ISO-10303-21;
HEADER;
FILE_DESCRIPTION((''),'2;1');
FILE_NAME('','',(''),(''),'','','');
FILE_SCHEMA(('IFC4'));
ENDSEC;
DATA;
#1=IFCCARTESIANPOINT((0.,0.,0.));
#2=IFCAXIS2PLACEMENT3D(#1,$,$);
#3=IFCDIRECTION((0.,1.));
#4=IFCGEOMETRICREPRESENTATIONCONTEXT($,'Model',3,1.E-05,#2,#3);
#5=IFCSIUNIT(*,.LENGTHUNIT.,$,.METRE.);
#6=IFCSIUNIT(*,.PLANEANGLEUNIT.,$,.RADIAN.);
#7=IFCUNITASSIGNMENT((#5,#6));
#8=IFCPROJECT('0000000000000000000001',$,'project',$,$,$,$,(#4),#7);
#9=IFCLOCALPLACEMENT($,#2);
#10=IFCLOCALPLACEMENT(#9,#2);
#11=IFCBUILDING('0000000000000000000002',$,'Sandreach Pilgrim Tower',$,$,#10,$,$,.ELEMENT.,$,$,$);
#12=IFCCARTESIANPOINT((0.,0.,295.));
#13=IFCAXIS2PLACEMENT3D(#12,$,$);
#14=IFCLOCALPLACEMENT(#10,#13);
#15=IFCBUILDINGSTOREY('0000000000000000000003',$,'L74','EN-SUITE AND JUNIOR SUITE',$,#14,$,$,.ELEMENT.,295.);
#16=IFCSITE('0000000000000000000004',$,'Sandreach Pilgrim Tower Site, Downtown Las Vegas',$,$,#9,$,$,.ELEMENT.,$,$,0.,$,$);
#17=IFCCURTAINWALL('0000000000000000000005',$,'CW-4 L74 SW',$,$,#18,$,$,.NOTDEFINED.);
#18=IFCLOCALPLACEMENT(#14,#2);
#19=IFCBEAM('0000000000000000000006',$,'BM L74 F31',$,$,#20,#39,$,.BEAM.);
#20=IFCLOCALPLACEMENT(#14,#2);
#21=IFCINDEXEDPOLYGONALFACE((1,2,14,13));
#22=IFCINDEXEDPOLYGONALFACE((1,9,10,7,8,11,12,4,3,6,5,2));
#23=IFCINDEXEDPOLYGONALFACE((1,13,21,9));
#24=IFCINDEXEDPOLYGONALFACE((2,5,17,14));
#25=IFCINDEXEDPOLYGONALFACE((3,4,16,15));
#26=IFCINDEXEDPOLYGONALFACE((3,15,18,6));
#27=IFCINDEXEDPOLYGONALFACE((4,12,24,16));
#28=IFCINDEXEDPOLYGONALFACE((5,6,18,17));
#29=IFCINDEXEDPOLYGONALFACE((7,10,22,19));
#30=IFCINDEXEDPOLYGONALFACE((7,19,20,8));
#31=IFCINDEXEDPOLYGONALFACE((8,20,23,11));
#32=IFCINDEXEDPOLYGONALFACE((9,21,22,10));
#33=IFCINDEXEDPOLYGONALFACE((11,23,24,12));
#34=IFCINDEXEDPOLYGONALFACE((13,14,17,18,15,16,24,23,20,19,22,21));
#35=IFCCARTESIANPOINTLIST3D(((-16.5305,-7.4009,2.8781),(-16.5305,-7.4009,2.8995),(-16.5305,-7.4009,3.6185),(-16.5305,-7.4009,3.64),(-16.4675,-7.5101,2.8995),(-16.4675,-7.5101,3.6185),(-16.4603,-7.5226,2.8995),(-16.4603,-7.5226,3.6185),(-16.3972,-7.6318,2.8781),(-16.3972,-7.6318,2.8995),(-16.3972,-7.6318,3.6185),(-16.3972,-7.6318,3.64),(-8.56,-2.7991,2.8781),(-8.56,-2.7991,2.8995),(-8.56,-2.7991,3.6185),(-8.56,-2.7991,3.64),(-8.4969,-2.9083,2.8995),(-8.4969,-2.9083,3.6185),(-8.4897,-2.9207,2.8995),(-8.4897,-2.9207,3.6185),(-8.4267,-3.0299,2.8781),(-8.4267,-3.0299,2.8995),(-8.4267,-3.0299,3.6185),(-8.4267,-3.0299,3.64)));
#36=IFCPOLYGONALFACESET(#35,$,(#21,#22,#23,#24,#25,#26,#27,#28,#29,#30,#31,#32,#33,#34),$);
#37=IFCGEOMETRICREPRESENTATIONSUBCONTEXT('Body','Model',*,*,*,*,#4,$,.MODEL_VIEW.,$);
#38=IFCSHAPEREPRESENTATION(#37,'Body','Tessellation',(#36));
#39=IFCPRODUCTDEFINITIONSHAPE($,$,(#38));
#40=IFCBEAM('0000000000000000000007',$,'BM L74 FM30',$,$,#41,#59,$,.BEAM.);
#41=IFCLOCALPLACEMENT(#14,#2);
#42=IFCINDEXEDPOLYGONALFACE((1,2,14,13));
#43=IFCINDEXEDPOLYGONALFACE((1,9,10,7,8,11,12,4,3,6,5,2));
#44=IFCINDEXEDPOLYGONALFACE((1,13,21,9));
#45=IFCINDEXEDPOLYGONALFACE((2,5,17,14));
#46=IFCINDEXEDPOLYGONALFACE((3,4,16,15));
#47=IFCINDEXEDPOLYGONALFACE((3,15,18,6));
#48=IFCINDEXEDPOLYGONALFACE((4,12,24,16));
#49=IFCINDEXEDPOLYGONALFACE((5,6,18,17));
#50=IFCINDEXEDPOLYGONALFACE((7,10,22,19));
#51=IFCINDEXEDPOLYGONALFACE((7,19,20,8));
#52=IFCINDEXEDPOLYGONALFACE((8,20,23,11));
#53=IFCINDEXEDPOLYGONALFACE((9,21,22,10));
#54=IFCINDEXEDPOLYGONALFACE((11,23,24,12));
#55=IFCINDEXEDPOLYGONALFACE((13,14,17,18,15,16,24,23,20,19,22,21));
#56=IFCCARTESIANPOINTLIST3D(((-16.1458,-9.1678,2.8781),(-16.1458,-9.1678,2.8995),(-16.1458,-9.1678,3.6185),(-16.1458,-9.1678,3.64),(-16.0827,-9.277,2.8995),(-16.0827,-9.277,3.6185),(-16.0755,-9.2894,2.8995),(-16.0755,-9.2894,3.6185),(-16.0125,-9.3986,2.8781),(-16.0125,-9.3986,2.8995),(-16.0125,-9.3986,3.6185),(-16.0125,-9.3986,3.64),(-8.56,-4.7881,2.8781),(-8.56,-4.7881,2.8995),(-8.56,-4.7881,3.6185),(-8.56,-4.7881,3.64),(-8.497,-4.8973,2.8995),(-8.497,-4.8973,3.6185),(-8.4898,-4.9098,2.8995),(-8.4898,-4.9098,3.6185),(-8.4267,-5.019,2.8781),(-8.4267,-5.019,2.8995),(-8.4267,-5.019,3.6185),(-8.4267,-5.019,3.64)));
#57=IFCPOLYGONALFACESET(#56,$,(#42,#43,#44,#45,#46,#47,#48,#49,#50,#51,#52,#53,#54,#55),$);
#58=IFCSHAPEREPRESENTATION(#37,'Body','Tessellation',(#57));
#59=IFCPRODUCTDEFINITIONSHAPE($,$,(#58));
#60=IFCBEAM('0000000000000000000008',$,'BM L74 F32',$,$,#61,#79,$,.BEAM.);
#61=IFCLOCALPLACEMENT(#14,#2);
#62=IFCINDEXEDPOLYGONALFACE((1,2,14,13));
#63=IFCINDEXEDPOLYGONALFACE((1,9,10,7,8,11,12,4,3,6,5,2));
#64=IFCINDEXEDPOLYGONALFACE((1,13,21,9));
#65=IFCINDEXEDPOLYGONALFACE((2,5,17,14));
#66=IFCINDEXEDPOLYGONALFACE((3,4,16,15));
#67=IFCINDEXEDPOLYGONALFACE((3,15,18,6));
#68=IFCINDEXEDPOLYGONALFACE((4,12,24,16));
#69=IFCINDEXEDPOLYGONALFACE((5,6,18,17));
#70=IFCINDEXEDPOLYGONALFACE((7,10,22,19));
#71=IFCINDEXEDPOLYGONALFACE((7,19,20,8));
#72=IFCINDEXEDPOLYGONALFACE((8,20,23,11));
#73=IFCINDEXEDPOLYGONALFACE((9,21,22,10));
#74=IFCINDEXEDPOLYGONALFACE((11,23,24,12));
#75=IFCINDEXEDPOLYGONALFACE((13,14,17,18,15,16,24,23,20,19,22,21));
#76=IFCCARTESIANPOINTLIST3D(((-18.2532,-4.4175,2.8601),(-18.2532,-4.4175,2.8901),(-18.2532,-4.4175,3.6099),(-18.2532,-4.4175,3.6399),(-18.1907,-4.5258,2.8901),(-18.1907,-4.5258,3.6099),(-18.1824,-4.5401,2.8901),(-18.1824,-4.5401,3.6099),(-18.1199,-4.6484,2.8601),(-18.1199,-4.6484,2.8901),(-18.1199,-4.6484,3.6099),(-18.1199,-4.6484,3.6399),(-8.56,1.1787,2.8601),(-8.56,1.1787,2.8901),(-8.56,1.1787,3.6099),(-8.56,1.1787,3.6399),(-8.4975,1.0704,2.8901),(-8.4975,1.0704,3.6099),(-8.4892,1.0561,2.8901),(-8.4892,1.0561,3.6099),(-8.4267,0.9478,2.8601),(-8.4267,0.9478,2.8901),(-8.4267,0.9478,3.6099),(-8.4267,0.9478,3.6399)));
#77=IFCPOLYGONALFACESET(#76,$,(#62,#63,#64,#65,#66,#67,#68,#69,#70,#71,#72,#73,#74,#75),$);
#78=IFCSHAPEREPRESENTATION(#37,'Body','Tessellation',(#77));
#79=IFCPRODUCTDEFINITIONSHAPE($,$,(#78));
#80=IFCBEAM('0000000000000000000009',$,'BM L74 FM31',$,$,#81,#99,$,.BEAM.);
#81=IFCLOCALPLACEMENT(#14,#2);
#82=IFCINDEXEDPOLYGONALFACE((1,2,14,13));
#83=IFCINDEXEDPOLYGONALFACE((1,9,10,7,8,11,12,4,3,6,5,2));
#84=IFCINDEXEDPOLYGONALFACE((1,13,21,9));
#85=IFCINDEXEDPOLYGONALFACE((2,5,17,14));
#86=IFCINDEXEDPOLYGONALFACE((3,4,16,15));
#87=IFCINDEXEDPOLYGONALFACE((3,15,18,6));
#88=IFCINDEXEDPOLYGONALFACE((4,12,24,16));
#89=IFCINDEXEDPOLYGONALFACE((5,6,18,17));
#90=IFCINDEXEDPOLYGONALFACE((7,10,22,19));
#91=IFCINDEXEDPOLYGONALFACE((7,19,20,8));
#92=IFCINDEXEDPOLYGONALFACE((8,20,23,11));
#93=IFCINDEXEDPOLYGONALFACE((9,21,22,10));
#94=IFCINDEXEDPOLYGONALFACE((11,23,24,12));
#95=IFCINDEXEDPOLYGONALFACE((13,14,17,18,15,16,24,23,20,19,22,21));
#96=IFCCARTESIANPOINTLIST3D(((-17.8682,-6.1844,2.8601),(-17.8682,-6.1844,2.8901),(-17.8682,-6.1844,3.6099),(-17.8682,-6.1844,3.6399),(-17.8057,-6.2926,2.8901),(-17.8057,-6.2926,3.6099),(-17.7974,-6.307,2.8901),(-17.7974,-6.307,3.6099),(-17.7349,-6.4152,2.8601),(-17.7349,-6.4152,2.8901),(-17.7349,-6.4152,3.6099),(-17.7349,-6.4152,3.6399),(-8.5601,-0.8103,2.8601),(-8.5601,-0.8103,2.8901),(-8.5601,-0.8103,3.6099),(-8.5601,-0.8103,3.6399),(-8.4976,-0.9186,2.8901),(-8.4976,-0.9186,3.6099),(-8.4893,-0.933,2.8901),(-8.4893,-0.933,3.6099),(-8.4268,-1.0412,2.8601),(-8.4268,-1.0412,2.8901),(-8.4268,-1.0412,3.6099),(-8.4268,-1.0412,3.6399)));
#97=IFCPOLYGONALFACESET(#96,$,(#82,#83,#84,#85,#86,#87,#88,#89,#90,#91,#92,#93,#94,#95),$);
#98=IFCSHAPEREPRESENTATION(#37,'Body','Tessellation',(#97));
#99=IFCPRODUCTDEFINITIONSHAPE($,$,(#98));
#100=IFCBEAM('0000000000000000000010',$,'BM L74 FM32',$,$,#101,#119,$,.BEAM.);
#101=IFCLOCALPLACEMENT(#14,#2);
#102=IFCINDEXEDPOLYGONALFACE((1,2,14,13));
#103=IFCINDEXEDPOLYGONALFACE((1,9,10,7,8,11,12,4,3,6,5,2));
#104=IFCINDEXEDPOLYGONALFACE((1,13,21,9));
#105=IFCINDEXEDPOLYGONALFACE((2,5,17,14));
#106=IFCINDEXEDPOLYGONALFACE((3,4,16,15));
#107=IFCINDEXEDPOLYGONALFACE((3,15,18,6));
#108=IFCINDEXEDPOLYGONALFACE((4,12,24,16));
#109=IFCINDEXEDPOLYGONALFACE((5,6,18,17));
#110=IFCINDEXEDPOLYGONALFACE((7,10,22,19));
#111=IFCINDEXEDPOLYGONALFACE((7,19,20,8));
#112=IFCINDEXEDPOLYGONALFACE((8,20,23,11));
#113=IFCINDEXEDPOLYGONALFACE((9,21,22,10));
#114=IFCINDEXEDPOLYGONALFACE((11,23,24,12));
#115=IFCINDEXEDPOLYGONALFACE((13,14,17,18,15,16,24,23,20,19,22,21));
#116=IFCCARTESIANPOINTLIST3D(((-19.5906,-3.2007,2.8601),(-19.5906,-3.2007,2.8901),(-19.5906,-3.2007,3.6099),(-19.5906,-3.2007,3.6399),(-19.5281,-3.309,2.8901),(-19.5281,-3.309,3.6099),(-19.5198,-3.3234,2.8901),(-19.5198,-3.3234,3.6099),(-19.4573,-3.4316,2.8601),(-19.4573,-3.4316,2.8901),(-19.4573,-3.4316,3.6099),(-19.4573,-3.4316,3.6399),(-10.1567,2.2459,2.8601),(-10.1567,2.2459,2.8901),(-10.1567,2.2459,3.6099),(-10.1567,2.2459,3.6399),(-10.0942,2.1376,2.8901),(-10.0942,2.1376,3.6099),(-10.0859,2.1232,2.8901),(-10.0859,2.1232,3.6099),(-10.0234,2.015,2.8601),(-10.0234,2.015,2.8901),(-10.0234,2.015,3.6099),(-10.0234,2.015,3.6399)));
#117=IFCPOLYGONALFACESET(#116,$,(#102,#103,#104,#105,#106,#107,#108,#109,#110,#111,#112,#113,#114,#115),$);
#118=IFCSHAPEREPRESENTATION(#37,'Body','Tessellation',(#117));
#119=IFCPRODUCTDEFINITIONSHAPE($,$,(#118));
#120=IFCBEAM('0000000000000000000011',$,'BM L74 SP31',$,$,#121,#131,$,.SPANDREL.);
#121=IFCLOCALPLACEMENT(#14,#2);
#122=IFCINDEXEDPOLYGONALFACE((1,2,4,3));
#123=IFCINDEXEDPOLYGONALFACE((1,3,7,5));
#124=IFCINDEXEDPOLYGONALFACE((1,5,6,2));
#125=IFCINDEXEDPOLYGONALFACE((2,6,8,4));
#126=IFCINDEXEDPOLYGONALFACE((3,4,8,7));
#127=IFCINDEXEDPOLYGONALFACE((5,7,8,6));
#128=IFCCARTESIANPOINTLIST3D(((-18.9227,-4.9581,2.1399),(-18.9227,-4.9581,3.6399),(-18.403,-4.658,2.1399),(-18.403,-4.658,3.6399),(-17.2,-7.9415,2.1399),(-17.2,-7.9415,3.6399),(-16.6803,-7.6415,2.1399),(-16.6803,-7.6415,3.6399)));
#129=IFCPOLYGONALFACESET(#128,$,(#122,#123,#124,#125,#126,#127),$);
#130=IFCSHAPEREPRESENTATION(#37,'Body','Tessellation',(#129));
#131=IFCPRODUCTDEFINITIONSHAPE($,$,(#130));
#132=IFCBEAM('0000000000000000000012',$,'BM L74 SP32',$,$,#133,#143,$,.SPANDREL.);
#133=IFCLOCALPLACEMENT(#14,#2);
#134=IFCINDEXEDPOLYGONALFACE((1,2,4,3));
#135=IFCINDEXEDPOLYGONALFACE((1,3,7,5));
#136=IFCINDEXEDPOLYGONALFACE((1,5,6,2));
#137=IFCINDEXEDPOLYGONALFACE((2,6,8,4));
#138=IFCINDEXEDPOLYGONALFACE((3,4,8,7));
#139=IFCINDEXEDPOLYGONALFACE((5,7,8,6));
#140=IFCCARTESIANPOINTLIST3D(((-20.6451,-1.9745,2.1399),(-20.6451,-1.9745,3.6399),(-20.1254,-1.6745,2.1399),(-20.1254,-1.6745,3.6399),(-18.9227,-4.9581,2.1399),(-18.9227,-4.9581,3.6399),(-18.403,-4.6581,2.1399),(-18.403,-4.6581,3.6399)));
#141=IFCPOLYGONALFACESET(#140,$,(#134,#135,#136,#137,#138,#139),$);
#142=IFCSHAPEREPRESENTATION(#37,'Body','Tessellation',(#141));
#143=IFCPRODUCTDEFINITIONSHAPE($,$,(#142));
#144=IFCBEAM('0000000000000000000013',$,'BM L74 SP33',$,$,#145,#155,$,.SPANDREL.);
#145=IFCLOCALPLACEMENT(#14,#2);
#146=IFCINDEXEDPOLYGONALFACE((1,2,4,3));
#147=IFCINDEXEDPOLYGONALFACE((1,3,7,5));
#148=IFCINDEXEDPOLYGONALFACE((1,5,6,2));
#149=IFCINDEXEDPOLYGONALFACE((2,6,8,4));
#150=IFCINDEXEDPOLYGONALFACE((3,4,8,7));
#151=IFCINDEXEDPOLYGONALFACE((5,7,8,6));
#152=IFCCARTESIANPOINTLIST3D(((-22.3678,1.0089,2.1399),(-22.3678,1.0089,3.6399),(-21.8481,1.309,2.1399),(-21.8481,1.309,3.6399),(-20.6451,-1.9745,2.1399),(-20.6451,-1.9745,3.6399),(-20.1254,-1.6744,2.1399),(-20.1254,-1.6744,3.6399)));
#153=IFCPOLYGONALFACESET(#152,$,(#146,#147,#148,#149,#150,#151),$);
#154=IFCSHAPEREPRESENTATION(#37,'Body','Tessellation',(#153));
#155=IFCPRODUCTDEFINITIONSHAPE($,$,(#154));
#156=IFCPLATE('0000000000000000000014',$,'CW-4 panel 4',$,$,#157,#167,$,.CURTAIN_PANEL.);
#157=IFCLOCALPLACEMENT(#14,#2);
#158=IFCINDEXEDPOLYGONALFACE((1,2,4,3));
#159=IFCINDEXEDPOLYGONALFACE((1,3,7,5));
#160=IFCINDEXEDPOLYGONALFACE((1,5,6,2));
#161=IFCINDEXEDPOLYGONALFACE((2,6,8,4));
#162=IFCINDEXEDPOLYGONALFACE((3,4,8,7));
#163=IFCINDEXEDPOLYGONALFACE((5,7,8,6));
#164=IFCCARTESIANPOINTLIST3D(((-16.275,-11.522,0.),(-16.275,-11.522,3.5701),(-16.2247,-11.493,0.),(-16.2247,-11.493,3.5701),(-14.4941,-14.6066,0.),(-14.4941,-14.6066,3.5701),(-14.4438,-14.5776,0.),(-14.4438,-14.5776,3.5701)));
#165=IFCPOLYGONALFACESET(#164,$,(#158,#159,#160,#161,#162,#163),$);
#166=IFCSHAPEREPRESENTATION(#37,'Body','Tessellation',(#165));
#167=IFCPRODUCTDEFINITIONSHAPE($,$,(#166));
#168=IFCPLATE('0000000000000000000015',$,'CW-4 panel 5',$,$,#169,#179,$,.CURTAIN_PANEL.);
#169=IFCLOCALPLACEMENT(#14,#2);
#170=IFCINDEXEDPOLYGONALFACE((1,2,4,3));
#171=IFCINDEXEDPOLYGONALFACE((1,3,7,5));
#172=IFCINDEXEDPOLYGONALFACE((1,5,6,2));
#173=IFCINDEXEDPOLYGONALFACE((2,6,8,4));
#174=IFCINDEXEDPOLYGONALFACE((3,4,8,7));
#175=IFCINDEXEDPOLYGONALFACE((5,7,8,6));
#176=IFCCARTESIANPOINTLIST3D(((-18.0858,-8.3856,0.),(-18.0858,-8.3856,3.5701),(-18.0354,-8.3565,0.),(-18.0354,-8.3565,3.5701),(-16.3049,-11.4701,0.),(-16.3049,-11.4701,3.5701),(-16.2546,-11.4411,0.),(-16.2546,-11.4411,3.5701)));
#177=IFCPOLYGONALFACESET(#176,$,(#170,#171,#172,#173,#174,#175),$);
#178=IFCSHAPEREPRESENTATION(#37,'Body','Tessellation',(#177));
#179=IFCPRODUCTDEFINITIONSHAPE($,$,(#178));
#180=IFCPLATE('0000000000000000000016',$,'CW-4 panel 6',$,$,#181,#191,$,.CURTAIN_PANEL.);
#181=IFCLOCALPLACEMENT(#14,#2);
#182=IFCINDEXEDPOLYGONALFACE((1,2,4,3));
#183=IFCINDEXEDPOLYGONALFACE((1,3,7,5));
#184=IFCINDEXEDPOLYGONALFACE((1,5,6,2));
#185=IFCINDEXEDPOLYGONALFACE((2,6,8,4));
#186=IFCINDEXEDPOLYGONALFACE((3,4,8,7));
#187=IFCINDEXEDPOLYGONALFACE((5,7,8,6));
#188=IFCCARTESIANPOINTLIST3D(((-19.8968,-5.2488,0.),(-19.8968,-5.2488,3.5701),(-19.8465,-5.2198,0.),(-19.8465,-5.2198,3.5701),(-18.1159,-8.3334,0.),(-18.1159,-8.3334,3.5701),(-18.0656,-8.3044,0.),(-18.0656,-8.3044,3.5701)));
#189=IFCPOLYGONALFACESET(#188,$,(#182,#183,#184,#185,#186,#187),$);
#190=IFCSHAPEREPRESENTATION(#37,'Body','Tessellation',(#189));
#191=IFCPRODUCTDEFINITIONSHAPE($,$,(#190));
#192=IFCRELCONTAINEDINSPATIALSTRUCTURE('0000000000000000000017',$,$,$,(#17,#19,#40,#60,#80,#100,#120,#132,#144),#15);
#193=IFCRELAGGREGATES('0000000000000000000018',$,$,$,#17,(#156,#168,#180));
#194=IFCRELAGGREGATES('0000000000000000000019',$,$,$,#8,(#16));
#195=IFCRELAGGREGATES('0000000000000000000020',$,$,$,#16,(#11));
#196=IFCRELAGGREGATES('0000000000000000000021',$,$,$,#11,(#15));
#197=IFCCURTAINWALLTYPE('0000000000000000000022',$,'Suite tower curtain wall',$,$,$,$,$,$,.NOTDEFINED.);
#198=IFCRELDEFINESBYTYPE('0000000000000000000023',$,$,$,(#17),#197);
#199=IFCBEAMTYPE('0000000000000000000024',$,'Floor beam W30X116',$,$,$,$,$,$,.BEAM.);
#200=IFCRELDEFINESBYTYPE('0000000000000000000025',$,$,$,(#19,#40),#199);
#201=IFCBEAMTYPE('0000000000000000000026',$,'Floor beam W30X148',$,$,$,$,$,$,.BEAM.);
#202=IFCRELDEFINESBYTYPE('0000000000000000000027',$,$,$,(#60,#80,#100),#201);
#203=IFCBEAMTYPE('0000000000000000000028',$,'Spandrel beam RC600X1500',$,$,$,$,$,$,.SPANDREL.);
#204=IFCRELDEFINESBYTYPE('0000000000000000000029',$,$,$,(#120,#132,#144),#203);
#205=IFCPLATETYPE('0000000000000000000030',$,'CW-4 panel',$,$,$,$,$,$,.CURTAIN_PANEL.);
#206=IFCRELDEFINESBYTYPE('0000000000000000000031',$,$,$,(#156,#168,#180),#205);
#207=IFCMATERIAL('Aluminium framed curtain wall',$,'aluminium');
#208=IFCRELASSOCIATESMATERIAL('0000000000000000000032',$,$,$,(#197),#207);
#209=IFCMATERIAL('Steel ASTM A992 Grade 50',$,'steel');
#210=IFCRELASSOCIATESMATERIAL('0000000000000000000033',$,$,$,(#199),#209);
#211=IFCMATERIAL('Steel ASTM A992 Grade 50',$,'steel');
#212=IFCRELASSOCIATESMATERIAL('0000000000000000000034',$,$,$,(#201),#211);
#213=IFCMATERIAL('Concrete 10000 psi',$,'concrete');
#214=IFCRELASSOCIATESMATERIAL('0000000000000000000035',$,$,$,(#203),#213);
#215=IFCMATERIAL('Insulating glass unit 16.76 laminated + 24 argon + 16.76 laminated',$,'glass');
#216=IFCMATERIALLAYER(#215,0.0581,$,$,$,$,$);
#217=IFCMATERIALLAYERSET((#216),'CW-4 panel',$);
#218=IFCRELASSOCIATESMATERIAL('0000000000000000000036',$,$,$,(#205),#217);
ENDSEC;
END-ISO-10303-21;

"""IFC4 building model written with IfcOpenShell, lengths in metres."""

from ifc_helpers import new_model, si_unit, direction, frame, origin, origin_2d, place, context, subcontext, project, spatial, rectangle, i_section, extrude, material, layer, layer_set, material_profile, profile_set, type_object, element, aggregate, save


model = new_model("IFC4")

# Units and contexts
model_context = context("Model", 3, precision=1e-05, world=origin(), true_north=direction((0.0, 1.0)))
body_context = subcontext(model_context, "Body", "Model", "MODEL_VIEW")
ifc_project = project(units=[si_unit("LENGTHUNIT", "METRE"), si_unit("PLANEANGLEUNIT", "RADIAN")], contexts=[model_context])

# Site, building, storey
site_placement = place(None, origin())
site = spatial("IfcSite", under=ifc_project, at=site_placement, Name="Sandreach Pilgrim Tower Site, Downtown Las Vegas", CompositionType="ELEMENT", RefElevation=0.0)
building_placement = place(site_placement, origin())
building = spatial("IfcBuilding", under=site, at=building_placement, Name="Sandreach Pilgrim Tower", CompositionType="ELEMENT")
storey_placement = place(building_placement, frame((0.0, 0.0, 295.0)))
storey = spatial("IfcBuildingStorey", under=building, at=storey_placement, Name="L74", Description="EN-SUITE AND JUNIOR SUITE", CompositionType="ELEMENT", Elevation=295.0)

# Curtain wall
ifc_material_1 = material(Name="Aluminium framed curtain wall", Category="aluminium")
curtain_wall_type = type_object("IfcCurtainWallType", Name="Suite tower curtain wall", PredefinedType="NOTDEFINED", material=ifc_material_1)
curtain_wall_placement = place(storey_placement, origin())
curtain_wall = element("IfcCurtainWall", 1, at=curtain_wall_placement, inside=storey, type_object=curtain_wall_type, Name="CW-4 L74 SW", PredefinedType="NOTDEFINED")

# Beams
ifc_material_2 = material(Name="Steel ASTM A992 Grade 50", Category="steel")
ifc_material_profile_1 = material_profile(ifc_material_2, i_section(OverallWidth=0.2666, OverallDepth=0.762, WebThickness=0.0144, FlangeThickness=0.0215, at=origin_2d()), Name="W30X116")
ifc_profile_set_1 = profile_set([ifc_material_profile_1], Name="Steel ASTM A992 Grade 50")
beam_type_1 = type_object("IfcBeamType", Name="Floor beam W30X116", PredefinedType="BEAM", material=ifc_profile_set_1)
beam_1_placement = place(storey_placement, frame((-16.4639, -7.5164, 3.259), z_axis=(0.866023, 0.500005, 0.0), x_axis=(-0.500005, 0.866023, 0.0)))
element("IfcBeam", 2, at=beam_1_placement, inside=storey, type_object=beam_type_1, Name="BM L74 F31", PredefinedType="BEAM", context=body_context, shape_type="SweptSolid", body=[
    extrude(i_section(OverallWidth=0.2666, OverallDepth=0.762, WebThickness=0.0144, FlangeThickness=0.0215, at=origin_2d()), origin(), (0.0, 0.0, 1.0), 9.2036),
])
beam_2_placement = place(storey_placement, frame((-16.0791, -9.2832, 3.259), z_axis=(0.866024, 0.500003, 0.0), x_axis=(-0.500003, 0.866024, 0.0)))
element("IfcBeam", 3, at=beam_2_placement, inside=storey, type_object=beam_type_1, Name="BM L74 FM30", PredefinedType="BEAM", context=body_context, shape_type="SweptSolid", body=[
    extrude(i_section(OverallWidth=0.2666, OverallDepth=0.762, WebThickness=0.0144, FlangeThickness=0.0215, at=origin_2d()), origin(), (0.0, 0.0, 1.0), 8.7593),
])
ifc_material_3 = material(Name="Steel ASTM A992 Grade 50", Category="steel")
ifc_material_profile_2 = material_profile(ifc_material_3, i_section(OverallWidth=0.2666, OverallDepth=0.7798, WebThickness=0.0166, FlangeThickness=0.03, at=origin_2d()), Name="W30X148")
ifc_profile_set_2 = profile_set([ifc_material_profile_2], Name="Steel ASTM A992 Grade 50")
beam_type_2 = type_object("IfcBeamType", Name="Floor beam W30X148", PredefinedType="BEAM", material=ifc_profile_set_2)
beam_3_placement = place(storey_placement, frame((-18.1865, -4.533, 3.25), z_axis=(0.86603, 0.499991, 0.0), x_axis=(-0.499991, 0.86603, 0.0)))
element("IfcBeam", 4, at=beam_3_placement, inside=storey, type_object=beam_type_2, Name="BM L74 F32", PredefinedType="BEAM", context=body_context, shape_type="SweptSolid", body=[
    extrude(i_section(OverallWidth=0.2666, OverallDepth=0.7798, WebThickness=0.0166, FlangeThickness=0.03, at=origin_2d()), origin(), (0.0, 0.0, 1.0), 11.1926),
])
beam_4_placement = place(storey_placement, frame((-17.8015, -6.2998, 3.25), z_axis=(0.866026, 0.499999, 0.0), x_axis=(-0.499999, 0.866026, 0.0)))
element("IfcBeam", 5, at=beam_4_placement, inside=storey, type_object=beam_type_2, Name="BM L74 FM31", PredefinedType="BEAM", context=body_context, shape_type="SweptSolid", body=[
    extrude(i_section(OverallWidth=0.2666, OverallDepth=0.7798, WebThickness=0.0166, FlangeThickness=0.03, at=origin_2d()), origin(), (0.0, 0.0, 1.0), 10.748),
])
beam_5_placement = place(storey_placement, frame((-19.5239, -3.3162, 3.25), z_axis=(0.866029, 0.499993, 0.0), x_axis=(-0.499993, 0.866029, 0.0)))
element("IfcBeam", 6, at=beam_5_placement, inside=storey, type_object=beam_type_2, Name="BM L74 FM32", PredefinedType="BEAM", context=body_context, shape_type="SweptSolid", body=[
    extrude(i_section(OverallWidth=0.2666, OverallDepth=0.7798, WebThickness=0.0166, FlangeThickness=0.03, at=origin_2d()), origin(), (0.0, 0.0, 1.0), 10.8933),
])
ifc_material_4 = material(Name="Concrete 10000 psi", Category="concrete")
ifc_material_profile_3 = material_profile(ifc_material_4, rectangle(XDim=0.6001, YDim=1.5, at=origin_2d()), Name="RC600X1500")
ifc_profile_set_3 = profile_set([ifc_material_profile_3], Name="Concrete 10000 psi")
beam_type_3 = type_object("IfcBeamType", Name="Spandrel beam RC600X1500", PredefinedType="SPANDREL", material=ifc_profile_set_3)
for number, where, z_axis, x_axis, name in (
    (7, (-16.9402, -7.7915, 2.8899), (-0.500041, 0.866001, 0.0), (-0.866001, -0.500041, 0.0), "BM L74 SP31"),
    (8, (-18.6628, -4.8081, 2.8899), (-0.499958, 0.86605, 0.0), (-0.86605, -0.499958, 0.0), "BM L74 SP32"),
    (9, (-20.3853, -1.8245, 2.8899), (-0.500041, 0.866001, 0.0), (-0.866001, -0.500041, 0.0), "BM L74 SP33"),
):
    element("IfcBeam", number, at=place(storey_placement, frame(where, z_axis=z_axis, x_axis=x_axis)), inside=storey, type_object=beam_type_3, Name=name, PredefinedType="SPANDREL", context=body_context, shape_type="SweptSolid", body=[
        extrude(rectangle(XDim=0.6001, YDim=1.5, at=origin_2d()), origin(), (0.0, 0.0, 1.0), 3.4451),
    ])

# Plates
ifc_material_5 = material(Name="Insulating glass unit 16.76 laminated + 24 argon + 16.76 laminated", Category="glass")
ifc_layer_1 = layer(ifc_material_5, 0.0581)
ifc_layer_set_1 = layer_set([ifc_layer_1], Name="CW-4 panel")
plate_type = type_object("IfcPlateType", Name="CW-4 panel", PredefinedType="CURTAIN_PANEL", material=ifc_layer_set_1)
plate_1_placement = place(storey_placement, frame((-15.3594, -13.0498, 0.0), z_axis=(0.0, 0.0, 1.0), x_axis=(-0.5, 0.866025, 0.0)))
plate_1 = element("IfcPlate", 10, at=plate_1_placement, type_object=plate_type, Name="CW-4 panel 4", PredefinedType="CURTAIN_PANEL", context=body_context, shape_type="SweptSolid", body=[
    extrude(rectangle(XDim=3.5618, YDim=0.0581, at=origin_2d()), origin(), (0.0, 0.0, 1.0), 3.5701),
])
plate_2_placement = place(storey_placement, frame((-17.1702, -9.9133, 0.0), z_axis=(0.0, 0.0, 1.0), x_axis=(-0.5, 0.866025, 0.0)))
plate_2 = element("IfcPlate", 11, at=plate_2_placement, type_object=plate_type, Name="CW-4 panel 5", PredefinedType="CURTAIN_PANEL", context=body_context, shape_type="SweptSolid", body=[
    extrude(rectangle(XDim=3.5618, YDim=0.0581, at=origin_2d()), origin(), (0.0, 0.0, 1.0), 3.5701),
])
plate_3_placement = place(storey_placement, frame((-18.9812, -6.7766, 0.0), z_axis=(0.0, 0.0, 1.0), x_axis=(-0.5, 0.866025, 0.0)))
plate_3 = element("IfcPlate", 12, at=plate_3_placement, type_object=plate_type, Name="CW-4 panel 6", PredefinedType="CURTAIN_PANEL", context=body_context, shape_type="SweptSolid", body=[
    extrude(rectangle(XDim=3.5618, YDim=0.0581, at=origin_2d()), origin(), (0.0, 0.0, 1.0), 3.5701),
])
aggregate(curtain_wall, [plate_1, plate_2, plate_3])

save(model, "model.ifc")
